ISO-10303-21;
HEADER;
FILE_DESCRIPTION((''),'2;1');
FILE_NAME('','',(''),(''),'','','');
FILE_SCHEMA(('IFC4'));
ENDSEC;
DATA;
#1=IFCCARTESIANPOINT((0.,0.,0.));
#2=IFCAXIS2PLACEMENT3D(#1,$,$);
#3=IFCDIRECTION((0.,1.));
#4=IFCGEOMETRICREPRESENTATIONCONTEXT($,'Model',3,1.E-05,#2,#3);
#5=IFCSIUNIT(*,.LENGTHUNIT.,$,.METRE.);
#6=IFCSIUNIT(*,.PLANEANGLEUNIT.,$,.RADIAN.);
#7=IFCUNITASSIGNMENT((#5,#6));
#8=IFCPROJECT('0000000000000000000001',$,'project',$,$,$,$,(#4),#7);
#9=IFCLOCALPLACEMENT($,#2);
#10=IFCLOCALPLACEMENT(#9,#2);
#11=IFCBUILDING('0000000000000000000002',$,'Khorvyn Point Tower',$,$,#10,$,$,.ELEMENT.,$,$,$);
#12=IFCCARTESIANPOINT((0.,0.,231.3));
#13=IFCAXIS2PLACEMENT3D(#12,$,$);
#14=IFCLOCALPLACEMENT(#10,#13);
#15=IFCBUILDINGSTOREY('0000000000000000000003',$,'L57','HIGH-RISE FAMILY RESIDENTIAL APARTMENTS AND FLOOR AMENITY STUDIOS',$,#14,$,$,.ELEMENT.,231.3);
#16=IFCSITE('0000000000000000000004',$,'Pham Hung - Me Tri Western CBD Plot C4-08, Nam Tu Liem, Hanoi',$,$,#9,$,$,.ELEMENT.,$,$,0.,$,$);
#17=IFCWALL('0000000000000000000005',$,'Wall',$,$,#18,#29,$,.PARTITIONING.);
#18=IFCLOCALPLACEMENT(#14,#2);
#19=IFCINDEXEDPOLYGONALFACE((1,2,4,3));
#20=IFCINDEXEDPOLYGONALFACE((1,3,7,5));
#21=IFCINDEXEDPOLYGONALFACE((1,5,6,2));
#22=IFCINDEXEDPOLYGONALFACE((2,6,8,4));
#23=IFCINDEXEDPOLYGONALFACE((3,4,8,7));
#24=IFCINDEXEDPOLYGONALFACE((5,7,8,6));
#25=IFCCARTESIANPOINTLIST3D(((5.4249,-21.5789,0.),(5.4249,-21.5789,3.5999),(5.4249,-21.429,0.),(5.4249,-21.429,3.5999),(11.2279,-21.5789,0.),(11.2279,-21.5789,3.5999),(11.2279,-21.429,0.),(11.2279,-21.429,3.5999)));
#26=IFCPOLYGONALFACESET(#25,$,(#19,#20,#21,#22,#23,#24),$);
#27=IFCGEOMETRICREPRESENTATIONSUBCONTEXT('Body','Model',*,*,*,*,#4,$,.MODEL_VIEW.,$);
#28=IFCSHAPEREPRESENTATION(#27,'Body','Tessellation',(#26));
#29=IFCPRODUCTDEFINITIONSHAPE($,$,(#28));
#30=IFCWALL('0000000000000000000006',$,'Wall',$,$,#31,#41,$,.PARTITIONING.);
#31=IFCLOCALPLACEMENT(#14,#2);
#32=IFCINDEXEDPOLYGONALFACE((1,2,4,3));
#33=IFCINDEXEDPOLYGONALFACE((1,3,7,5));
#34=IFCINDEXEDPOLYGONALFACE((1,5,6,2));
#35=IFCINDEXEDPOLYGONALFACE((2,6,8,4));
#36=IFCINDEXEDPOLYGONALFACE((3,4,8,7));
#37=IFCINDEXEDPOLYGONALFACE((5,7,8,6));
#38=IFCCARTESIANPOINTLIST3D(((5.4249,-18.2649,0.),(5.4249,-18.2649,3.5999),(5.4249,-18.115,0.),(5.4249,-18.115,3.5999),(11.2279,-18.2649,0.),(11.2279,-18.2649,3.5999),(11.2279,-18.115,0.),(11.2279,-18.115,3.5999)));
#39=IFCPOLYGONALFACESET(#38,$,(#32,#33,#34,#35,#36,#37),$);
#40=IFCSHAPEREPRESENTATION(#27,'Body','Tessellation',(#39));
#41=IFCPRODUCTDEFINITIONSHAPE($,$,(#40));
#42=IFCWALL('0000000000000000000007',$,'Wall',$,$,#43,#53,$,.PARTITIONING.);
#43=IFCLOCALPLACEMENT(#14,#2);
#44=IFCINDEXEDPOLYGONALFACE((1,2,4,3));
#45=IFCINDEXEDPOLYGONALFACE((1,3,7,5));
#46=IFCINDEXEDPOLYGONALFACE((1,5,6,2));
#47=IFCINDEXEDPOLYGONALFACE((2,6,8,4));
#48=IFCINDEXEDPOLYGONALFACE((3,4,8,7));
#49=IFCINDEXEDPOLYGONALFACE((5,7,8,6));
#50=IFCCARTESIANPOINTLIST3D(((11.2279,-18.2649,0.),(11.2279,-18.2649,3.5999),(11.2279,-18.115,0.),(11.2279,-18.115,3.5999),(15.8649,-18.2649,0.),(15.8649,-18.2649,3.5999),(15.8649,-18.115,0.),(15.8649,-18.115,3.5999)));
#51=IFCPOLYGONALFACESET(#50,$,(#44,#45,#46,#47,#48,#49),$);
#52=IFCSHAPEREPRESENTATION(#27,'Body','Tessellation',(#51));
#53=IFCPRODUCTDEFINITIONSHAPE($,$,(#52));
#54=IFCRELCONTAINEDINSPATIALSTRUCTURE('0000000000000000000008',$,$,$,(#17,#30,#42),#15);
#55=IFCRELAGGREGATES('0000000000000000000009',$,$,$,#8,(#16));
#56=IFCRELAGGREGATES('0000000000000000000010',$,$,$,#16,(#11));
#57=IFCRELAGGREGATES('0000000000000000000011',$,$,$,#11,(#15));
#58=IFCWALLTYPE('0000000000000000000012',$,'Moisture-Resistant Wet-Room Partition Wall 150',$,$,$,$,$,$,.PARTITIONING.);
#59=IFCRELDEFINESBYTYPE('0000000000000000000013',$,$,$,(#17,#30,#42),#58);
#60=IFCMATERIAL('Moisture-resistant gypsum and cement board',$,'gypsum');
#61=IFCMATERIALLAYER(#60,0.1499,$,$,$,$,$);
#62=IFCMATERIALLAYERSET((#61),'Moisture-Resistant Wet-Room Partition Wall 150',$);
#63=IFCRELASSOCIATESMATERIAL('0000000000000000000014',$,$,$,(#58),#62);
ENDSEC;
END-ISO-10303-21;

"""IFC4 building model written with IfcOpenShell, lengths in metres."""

from ifc_helpers import new_model, si_unit, direction, frame, frame_2d, origin, place, context, subcontext, project, spatial, rectangle, extrude, material, layer, layer_set, type_object, element, save


model = new_model("IFC4")

# Units and contexts
model_context = context("Model", 3, precision=1e-05, world=origin(), true_north=direction((0.0, 1.0)))
body_context = subcontext(model_context, "Body", "Model", "MODEL_VIEW")
ifc_project = project(units=[si_unit("LENGTHUNIT", "METRE"), si_unit("PLANEANGLEUNIT", "RADIAN")], contexts=[model_context])

# Site, building, storey
site_placement = place(None, origin())
site = spatial("IfcSite", under=ifc_project, at=site_placement, Name="Pham Hung - Me Tri Western CBD Plot C4-08, Nam Tu Liem, Hanoi", CompositionType="ELEMENT", RefElevation=0.0)
building_placement = place(site_placement, origin())
building = spatial("IfcBuilding", under=site, at=building_placement, Name="Khorvyn Point Tower", CompositionType="ELEMENT")
storey_placement = place(building_placement, frame((0.0, 0.0, 231.3)))
storey = spatial("IfcBuildingStorey", under=building, at=storey_placement, Name="L57", Description="HIGH-RISE FAMILY RESIDENTIAL APARTMENTS AND FLOOR AMENITY STUDIOS", CompositionType="ELEMENT", Elevation=231.3)

# Shared definitions
ifc_material_1 = material(Name="Moisture-resistant gypsum and cement board", Category="gypsum")
ifc_layer_1 = layer(ifc_material_1, 0.1499)
ifc_layer_set_1 = layer_set([ifc_layer_1], Name="Moisture-Resistant Wet-Room Partition Wall 150")
wall_type_1 = type_object("IfcWallType", Name="Moisture-Resistant Wet-Room Partition Wall 150", PredefinedType="PARTITIONING", material=ifc_layer_set_1)

# Walls
for number, where, z_axis, x_axis, name in (
    (1, (5.425, -21.5039, 0.0), (0.0, 0.0, 1.0), (1.0, 0.0, 0.0), "Wall"),
    (2, (5.425, -18.1899, 0.0), (0.0, 0.0, 1.0), (1.0, 0.0, 0.0), "Wall"),
):
    element("IfcWall", number, at=place(storey_placement, frame(where, z_axis=z_axis, x_axis=x_axis)), inside=storey, type_object=wall_type_1, Name=name, PredefinedType="PARTITIONING", context=body_context, shape_type="SweptSolid", body=[
        extrude(rectangle(XDim=5.803, YDim=0.1499, at=frame_2d((2.9014, 0.0))), origin(), (0.0, 0.0, 1.0), 3.5999),
    ])
wall_1_placement = place(storey_placement, frame((11.228, -18.1899, 0.0), z_axis=(0.0, 0.0, 1.0), x_axis=(1.0, 0.0, 0.0)))
element("IfcWall", 3, at=wall_1_placement, inside=storey, type_object=wall_type_1, Name="Wall", PredefinedType="PARTITIONING", context=body_context, shape_type="SweptSolid", body=[
    extrude(rectangle(XDim=4.637, YDim=0.1499, at=frame_2d((2.3184, 0.0))), origin(), (0.0, 0.0, 1.0), 3.5999),
])

save(model, "model.ifc")
